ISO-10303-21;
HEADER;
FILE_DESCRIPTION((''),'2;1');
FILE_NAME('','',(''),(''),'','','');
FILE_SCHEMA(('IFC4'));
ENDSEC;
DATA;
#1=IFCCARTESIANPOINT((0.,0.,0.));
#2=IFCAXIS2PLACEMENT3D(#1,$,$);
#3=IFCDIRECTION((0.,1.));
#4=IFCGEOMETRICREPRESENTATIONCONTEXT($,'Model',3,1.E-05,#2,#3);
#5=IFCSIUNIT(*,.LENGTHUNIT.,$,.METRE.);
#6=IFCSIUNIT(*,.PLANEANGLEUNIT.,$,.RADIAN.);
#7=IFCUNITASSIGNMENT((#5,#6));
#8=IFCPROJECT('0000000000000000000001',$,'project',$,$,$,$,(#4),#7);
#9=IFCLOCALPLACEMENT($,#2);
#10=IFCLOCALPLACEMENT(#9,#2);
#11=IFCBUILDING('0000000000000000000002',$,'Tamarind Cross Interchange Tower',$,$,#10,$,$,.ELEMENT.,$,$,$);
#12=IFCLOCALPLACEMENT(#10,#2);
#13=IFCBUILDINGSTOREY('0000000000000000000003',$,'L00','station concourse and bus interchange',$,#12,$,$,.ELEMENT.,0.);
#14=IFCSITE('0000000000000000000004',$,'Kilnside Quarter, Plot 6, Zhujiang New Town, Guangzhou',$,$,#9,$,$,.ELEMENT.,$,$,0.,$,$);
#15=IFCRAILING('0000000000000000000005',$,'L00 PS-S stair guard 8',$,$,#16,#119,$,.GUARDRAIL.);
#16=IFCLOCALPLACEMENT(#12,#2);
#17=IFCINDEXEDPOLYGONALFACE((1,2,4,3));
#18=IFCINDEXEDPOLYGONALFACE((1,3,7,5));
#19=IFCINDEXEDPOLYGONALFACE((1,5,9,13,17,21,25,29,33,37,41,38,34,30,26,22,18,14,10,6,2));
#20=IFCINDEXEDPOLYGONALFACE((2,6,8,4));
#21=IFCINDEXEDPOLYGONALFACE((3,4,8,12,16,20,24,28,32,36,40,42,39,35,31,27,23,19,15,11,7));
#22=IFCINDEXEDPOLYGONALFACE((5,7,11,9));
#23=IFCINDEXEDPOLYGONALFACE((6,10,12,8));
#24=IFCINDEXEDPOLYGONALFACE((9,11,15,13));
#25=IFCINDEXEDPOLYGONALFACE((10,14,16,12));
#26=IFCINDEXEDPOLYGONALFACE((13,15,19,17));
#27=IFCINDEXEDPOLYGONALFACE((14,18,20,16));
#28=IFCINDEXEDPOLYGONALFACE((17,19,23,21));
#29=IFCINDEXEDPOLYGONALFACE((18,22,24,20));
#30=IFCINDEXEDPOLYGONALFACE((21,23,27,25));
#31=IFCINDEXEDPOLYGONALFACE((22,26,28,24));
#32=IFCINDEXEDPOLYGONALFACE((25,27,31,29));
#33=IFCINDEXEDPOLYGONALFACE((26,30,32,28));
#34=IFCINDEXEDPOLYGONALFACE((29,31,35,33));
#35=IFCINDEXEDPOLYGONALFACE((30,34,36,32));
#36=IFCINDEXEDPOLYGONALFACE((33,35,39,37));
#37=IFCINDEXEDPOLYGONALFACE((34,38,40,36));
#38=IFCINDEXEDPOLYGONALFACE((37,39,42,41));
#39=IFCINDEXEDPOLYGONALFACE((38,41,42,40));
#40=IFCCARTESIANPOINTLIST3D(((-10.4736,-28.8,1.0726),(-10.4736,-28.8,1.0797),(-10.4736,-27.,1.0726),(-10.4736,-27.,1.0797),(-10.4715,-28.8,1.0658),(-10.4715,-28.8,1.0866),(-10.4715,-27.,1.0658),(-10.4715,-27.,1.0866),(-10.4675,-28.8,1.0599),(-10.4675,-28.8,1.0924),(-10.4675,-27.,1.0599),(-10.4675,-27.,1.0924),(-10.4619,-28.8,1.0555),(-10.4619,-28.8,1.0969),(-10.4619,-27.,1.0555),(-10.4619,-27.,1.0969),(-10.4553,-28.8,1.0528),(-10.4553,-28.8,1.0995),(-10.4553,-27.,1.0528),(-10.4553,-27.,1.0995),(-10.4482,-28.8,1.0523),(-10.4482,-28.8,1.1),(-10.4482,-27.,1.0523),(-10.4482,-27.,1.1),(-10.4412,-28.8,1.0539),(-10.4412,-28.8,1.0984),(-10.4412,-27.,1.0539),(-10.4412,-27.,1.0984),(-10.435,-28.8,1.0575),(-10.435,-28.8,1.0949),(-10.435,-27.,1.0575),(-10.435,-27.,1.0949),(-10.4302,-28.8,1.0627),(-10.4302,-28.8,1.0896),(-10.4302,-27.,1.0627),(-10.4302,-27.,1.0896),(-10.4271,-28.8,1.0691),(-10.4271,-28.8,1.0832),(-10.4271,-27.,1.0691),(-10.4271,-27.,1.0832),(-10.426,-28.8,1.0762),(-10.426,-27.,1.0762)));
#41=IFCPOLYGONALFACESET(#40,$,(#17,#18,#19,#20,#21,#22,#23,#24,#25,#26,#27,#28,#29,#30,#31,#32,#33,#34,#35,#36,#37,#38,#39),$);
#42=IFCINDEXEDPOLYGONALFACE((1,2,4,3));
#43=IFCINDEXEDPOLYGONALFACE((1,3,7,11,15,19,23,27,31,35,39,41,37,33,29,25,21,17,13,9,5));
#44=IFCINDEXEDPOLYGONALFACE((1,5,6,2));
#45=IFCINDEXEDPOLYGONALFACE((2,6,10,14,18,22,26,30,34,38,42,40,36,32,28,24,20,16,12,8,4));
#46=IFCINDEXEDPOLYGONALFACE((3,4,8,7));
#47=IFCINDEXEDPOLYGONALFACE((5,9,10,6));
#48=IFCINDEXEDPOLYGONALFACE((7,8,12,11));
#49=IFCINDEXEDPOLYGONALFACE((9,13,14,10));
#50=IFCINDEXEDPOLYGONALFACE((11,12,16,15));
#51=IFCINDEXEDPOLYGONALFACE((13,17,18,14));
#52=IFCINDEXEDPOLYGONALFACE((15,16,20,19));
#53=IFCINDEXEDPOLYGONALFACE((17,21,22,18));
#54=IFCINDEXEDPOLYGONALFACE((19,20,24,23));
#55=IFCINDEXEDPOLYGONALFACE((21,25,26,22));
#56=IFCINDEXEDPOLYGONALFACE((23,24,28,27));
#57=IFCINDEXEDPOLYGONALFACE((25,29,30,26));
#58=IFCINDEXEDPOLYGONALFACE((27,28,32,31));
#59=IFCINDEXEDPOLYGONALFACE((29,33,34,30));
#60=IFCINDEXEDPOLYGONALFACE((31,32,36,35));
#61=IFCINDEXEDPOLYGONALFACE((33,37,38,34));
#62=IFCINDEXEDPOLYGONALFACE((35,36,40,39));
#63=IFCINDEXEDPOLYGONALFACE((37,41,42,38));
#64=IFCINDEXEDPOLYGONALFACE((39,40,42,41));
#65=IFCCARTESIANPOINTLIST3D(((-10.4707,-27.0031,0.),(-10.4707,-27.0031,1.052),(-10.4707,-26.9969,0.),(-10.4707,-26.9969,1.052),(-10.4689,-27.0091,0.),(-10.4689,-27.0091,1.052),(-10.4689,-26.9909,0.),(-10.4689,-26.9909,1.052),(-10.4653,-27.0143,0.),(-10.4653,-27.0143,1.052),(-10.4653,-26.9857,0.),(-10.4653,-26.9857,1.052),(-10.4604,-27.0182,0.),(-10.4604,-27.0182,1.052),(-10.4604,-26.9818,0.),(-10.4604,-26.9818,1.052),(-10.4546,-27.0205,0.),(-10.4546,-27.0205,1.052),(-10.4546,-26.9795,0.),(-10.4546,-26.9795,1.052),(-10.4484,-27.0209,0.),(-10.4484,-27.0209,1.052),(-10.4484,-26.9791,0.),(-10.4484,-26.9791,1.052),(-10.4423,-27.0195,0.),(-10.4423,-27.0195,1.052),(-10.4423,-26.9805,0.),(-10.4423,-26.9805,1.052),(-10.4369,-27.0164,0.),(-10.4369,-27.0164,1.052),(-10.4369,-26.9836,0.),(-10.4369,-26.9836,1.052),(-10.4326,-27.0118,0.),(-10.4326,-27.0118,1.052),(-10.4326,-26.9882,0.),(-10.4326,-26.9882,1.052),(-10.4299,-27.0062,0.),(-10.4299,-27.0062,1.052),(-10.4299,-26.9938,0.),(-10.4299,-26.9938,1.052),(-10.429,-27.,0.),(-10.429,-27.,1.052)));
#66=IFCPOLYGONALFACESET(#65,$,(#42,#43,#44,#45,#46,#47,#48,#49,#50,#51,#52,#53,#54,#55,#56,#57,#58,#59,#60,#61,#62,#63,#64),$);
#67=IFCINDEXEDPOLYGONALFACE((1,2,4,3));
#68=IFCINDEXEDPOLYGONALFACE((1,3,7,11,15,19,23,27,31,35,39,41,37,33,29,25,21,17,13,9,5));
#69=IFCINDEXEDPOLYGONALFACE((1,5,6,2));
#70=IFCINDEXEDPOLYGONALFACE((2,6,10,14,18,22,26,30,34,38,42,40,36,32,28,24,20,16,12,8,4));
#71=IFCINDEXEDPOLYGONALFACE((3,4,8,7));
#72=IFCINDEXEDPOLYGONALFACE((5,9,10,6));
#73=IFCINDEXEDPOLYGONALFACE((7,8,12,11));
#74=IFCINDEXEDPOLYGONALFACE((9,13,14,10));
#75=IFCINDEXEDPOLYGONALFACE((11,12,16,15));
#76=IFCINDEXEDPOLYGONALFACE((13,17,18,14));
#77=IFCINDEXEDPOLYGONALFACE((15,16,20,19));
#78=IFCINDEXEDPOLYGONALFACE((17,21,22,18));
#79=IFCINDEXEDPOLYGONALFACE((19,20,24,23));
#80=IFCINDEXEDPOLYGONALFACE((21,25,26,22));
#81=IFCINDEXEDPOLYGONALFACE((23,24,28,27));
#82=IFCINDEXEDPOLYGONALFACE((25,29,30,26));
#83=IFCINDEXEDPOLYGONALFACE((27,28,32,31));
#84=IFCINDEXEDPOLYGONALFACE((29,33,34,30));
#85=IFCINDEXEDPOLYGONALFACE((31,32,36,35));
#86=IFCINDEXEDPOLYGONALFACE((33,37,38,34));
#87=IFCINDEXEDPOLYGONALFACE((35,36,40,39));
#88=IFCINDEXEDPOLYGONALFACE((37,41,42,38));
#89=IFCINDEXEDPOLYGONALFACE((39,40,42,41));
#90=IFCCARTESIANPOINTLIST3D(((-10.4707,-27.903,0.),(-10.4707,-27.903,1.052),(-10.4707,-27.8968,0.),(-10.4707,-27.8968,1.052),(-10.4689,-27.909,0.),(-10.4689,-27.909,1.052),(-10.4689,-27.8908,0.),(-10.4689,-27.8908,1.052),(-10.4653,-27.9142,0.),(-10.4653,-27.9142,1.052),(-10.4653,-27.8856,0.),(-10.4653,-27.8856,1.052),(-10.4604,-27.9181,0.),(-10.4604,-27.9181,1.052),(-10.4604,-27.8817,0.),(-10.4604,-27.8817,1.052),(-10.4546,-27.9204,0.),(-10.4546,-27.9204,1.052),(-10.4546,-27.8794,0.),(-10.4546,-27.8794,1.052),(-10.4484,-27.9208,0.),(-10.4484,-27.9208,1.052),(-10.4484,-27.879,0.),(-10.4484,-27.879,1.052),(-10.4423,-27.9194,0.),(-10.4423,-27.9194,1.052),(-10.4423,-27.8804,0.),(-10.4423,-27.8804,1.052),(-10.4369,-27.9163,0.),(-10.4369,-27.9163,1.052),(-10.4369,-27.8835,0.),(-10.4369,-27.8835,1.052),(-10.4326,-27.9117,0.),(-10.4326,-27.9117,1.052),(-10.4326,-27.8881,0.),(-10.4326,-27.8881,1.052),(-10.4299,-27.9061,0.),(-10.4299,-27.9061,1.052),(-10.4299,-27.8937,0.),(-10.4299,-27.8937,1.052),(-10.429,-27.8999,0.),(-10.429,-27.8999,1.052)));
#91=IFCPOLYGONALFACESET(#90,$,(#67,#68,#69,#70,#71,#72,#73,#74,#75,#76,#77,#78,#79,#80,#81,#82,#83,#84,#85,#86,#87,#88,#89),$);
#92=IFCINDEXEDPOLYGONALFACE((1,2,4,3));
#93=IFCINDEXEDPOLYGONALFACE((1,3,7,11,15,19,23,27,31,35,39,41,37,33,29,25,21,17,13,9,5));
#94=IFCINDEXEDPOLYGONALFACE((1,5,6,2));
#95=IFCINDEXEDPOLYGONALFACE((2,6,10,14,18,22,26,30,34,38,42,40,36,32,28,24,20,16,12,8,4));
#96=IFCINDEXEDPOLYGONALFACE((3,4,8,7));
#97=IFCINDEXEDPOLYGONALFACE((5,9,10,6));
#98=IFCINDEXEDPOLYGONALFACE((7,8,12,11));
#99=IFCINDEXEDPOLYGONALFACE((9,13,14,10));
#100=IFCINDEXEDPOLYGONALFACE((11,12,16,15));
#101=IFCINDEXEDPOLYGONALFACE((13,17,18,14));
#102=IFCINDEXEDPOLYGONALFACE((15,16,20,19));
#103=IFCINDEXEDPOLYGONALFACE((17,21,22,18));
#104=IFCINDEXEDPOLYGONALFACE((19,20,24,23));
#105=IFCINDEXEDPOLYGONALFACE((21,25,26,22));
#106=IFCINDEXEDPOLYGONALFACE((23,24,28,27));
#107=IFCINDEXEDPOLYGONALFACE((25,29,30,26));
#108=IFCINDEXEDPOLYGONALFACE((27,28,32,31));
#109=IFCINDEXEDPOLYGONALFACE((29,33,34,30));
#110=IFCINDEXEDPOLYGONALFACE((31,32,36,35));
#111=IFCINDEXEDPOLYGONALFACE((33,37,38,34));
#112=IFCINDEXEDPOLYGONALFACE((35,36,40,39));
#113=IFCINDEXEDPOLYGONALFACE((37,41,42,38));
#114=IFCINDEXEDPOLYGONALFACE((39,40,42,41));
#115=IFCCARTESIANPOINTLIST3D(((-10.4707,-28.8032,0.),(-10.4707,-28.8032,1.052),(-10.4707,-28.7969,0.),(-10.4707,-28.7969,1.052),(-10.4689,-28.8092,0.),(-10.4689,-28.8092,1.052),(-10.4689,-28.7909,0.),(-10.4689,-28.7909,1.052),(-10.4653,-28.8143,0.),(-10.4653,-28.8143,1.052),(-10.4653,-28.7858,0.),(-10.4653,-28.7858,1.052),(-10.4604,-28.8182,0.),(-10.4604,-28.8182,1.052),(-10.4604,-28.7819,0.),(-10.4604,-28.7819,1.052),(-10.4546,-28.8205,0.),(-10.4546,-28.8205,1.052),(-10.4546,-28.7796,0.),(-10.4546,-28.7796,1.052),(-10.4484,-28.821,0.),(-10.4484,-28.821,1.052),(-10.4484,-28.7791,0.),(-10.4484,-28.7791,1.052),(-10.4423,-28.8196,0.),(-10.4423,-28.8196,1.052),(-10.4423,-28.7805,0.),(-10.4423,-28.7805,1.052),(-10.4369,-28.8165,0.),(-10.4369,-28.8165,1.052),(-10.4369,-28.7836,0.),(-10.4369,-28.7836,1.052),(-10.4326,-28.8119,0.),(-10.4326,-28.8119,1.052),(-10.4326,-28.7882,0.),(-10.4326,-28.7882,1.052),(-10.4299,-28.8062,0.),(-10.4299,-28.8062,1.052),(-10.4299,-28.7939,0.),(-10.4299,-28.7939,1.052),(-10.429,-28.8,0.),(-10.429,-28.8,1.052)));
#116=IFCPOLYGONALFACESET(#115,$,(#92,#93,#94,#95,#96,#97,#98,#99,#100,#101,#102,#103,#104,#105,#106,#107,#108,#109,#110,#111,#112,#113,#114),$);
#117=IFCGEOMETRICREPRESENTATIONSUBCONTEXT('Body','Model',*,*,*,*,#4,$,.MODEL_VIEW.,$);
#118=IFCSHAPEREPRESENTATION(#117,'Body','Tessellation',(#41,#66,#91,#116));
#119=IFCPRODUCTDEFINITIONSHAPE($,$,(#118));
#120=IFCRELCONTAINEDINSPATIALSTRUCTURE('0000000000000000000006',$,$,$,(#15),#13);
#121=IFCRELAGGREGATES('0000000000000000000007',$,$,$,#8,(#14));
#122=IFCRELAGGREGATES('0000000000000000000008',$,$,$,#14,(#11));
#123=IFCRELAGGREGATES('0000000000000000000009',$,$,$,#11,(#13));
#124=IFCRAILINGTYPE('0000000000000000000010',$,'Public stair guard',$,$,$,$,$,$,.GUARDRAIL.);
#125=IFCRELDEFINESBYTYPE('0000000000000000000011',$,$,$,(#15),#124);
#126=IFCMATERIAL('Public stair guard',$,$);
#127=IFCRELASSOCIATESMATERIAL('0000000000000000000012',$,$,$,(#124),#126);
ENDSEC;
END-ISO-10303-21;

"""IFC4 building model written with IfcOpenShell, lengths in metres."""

from ifc_helpers import new_model, si_unit, direction, frame, origin, origin_2d, place, context, subcontext, project, spatial, circle, extrude, material, type_object, element, save


model = new_model("IFC4")

# Units and contexts
model_context = context("Model", 3, precision=1e-05, world=origin(), true_north=direction((0.0, 1.0)))
body_context = subcontext(model_context, "Body", "Model", "MODEL_VIEW")
ifc_project = project(units=[si_unit("LENGTHUNIT", "METRE"), si_unit("PLANEANGLEUNIT", "RADIAN")], contexts=[model_context])

# Site, building, storey
site_placement = place(None, origin())
site = spatial("IfcSite", under=ifc_project, at=site_placement, Name="Kilnside Quarter, Plot 6, Zhujiang New Town, Guangzhou", CompositionType="ELEMENT", RefElevation=0.0)
building_placement = place(site_placement, origin())
building = spatial("IfcBuilding", under=site, at=building_placement, Name="Tamarind Cross Interchange Tower", CompositionType="ELEMENT")
storey_placement = place(building_placement, origin())
storey = spatial("IfcBuildingStorey", under=building, at=storey_placement, Name="L00", Description="station concourse and bus interchange", CompositionType="ELEMENT", Elevation=0.0)

# Railing
ifc_material_1 = material(Name="Public stair guard")
railing_type_1 = type_object("IfcRailingType", Name="Public stair guard", PredefinedType="GUARDRAIL", material=ifc_material_1)
railing_1_placement = place(storey_placement, frame((-10.45, -27.0, 0.0)))
element("IfcRailing", 1, at=railing_1_placement, inside=storey, type_object=railing_type_1, Name="L00 PS-S stair guard 8", PredefinedType="GUARDRAIL", context=body_context, shape_type="SweptSolid", body=[
    extrude(circle(Radius=0.0239, at=origin_2d()), frame((0.0, 0.0, 1.0762), z_axis=(0.0, -1.0, 0.0), x_axis=(1.0, 0.0, 0.0)), (0.0, 0.0, 1.0), 1.8),
    extrude(circle(Radius=0.021, at=origin_2d()), origin(), (0.0, 0.0, 1.0), 1.052),
    extrude(circle(Radius=0.021, at=origin_2d()), frame((0.0, -0.8999, 0.0)), (0.0, 0.0, 1.0), 1.052),
    extrude(circle(Radius=0.021, at=origin_2d()), frame((0.0, -1.8, 0.0)), (0.0, 0.0, 1.0), 1.052),
])

save(model, "model.ifc")
